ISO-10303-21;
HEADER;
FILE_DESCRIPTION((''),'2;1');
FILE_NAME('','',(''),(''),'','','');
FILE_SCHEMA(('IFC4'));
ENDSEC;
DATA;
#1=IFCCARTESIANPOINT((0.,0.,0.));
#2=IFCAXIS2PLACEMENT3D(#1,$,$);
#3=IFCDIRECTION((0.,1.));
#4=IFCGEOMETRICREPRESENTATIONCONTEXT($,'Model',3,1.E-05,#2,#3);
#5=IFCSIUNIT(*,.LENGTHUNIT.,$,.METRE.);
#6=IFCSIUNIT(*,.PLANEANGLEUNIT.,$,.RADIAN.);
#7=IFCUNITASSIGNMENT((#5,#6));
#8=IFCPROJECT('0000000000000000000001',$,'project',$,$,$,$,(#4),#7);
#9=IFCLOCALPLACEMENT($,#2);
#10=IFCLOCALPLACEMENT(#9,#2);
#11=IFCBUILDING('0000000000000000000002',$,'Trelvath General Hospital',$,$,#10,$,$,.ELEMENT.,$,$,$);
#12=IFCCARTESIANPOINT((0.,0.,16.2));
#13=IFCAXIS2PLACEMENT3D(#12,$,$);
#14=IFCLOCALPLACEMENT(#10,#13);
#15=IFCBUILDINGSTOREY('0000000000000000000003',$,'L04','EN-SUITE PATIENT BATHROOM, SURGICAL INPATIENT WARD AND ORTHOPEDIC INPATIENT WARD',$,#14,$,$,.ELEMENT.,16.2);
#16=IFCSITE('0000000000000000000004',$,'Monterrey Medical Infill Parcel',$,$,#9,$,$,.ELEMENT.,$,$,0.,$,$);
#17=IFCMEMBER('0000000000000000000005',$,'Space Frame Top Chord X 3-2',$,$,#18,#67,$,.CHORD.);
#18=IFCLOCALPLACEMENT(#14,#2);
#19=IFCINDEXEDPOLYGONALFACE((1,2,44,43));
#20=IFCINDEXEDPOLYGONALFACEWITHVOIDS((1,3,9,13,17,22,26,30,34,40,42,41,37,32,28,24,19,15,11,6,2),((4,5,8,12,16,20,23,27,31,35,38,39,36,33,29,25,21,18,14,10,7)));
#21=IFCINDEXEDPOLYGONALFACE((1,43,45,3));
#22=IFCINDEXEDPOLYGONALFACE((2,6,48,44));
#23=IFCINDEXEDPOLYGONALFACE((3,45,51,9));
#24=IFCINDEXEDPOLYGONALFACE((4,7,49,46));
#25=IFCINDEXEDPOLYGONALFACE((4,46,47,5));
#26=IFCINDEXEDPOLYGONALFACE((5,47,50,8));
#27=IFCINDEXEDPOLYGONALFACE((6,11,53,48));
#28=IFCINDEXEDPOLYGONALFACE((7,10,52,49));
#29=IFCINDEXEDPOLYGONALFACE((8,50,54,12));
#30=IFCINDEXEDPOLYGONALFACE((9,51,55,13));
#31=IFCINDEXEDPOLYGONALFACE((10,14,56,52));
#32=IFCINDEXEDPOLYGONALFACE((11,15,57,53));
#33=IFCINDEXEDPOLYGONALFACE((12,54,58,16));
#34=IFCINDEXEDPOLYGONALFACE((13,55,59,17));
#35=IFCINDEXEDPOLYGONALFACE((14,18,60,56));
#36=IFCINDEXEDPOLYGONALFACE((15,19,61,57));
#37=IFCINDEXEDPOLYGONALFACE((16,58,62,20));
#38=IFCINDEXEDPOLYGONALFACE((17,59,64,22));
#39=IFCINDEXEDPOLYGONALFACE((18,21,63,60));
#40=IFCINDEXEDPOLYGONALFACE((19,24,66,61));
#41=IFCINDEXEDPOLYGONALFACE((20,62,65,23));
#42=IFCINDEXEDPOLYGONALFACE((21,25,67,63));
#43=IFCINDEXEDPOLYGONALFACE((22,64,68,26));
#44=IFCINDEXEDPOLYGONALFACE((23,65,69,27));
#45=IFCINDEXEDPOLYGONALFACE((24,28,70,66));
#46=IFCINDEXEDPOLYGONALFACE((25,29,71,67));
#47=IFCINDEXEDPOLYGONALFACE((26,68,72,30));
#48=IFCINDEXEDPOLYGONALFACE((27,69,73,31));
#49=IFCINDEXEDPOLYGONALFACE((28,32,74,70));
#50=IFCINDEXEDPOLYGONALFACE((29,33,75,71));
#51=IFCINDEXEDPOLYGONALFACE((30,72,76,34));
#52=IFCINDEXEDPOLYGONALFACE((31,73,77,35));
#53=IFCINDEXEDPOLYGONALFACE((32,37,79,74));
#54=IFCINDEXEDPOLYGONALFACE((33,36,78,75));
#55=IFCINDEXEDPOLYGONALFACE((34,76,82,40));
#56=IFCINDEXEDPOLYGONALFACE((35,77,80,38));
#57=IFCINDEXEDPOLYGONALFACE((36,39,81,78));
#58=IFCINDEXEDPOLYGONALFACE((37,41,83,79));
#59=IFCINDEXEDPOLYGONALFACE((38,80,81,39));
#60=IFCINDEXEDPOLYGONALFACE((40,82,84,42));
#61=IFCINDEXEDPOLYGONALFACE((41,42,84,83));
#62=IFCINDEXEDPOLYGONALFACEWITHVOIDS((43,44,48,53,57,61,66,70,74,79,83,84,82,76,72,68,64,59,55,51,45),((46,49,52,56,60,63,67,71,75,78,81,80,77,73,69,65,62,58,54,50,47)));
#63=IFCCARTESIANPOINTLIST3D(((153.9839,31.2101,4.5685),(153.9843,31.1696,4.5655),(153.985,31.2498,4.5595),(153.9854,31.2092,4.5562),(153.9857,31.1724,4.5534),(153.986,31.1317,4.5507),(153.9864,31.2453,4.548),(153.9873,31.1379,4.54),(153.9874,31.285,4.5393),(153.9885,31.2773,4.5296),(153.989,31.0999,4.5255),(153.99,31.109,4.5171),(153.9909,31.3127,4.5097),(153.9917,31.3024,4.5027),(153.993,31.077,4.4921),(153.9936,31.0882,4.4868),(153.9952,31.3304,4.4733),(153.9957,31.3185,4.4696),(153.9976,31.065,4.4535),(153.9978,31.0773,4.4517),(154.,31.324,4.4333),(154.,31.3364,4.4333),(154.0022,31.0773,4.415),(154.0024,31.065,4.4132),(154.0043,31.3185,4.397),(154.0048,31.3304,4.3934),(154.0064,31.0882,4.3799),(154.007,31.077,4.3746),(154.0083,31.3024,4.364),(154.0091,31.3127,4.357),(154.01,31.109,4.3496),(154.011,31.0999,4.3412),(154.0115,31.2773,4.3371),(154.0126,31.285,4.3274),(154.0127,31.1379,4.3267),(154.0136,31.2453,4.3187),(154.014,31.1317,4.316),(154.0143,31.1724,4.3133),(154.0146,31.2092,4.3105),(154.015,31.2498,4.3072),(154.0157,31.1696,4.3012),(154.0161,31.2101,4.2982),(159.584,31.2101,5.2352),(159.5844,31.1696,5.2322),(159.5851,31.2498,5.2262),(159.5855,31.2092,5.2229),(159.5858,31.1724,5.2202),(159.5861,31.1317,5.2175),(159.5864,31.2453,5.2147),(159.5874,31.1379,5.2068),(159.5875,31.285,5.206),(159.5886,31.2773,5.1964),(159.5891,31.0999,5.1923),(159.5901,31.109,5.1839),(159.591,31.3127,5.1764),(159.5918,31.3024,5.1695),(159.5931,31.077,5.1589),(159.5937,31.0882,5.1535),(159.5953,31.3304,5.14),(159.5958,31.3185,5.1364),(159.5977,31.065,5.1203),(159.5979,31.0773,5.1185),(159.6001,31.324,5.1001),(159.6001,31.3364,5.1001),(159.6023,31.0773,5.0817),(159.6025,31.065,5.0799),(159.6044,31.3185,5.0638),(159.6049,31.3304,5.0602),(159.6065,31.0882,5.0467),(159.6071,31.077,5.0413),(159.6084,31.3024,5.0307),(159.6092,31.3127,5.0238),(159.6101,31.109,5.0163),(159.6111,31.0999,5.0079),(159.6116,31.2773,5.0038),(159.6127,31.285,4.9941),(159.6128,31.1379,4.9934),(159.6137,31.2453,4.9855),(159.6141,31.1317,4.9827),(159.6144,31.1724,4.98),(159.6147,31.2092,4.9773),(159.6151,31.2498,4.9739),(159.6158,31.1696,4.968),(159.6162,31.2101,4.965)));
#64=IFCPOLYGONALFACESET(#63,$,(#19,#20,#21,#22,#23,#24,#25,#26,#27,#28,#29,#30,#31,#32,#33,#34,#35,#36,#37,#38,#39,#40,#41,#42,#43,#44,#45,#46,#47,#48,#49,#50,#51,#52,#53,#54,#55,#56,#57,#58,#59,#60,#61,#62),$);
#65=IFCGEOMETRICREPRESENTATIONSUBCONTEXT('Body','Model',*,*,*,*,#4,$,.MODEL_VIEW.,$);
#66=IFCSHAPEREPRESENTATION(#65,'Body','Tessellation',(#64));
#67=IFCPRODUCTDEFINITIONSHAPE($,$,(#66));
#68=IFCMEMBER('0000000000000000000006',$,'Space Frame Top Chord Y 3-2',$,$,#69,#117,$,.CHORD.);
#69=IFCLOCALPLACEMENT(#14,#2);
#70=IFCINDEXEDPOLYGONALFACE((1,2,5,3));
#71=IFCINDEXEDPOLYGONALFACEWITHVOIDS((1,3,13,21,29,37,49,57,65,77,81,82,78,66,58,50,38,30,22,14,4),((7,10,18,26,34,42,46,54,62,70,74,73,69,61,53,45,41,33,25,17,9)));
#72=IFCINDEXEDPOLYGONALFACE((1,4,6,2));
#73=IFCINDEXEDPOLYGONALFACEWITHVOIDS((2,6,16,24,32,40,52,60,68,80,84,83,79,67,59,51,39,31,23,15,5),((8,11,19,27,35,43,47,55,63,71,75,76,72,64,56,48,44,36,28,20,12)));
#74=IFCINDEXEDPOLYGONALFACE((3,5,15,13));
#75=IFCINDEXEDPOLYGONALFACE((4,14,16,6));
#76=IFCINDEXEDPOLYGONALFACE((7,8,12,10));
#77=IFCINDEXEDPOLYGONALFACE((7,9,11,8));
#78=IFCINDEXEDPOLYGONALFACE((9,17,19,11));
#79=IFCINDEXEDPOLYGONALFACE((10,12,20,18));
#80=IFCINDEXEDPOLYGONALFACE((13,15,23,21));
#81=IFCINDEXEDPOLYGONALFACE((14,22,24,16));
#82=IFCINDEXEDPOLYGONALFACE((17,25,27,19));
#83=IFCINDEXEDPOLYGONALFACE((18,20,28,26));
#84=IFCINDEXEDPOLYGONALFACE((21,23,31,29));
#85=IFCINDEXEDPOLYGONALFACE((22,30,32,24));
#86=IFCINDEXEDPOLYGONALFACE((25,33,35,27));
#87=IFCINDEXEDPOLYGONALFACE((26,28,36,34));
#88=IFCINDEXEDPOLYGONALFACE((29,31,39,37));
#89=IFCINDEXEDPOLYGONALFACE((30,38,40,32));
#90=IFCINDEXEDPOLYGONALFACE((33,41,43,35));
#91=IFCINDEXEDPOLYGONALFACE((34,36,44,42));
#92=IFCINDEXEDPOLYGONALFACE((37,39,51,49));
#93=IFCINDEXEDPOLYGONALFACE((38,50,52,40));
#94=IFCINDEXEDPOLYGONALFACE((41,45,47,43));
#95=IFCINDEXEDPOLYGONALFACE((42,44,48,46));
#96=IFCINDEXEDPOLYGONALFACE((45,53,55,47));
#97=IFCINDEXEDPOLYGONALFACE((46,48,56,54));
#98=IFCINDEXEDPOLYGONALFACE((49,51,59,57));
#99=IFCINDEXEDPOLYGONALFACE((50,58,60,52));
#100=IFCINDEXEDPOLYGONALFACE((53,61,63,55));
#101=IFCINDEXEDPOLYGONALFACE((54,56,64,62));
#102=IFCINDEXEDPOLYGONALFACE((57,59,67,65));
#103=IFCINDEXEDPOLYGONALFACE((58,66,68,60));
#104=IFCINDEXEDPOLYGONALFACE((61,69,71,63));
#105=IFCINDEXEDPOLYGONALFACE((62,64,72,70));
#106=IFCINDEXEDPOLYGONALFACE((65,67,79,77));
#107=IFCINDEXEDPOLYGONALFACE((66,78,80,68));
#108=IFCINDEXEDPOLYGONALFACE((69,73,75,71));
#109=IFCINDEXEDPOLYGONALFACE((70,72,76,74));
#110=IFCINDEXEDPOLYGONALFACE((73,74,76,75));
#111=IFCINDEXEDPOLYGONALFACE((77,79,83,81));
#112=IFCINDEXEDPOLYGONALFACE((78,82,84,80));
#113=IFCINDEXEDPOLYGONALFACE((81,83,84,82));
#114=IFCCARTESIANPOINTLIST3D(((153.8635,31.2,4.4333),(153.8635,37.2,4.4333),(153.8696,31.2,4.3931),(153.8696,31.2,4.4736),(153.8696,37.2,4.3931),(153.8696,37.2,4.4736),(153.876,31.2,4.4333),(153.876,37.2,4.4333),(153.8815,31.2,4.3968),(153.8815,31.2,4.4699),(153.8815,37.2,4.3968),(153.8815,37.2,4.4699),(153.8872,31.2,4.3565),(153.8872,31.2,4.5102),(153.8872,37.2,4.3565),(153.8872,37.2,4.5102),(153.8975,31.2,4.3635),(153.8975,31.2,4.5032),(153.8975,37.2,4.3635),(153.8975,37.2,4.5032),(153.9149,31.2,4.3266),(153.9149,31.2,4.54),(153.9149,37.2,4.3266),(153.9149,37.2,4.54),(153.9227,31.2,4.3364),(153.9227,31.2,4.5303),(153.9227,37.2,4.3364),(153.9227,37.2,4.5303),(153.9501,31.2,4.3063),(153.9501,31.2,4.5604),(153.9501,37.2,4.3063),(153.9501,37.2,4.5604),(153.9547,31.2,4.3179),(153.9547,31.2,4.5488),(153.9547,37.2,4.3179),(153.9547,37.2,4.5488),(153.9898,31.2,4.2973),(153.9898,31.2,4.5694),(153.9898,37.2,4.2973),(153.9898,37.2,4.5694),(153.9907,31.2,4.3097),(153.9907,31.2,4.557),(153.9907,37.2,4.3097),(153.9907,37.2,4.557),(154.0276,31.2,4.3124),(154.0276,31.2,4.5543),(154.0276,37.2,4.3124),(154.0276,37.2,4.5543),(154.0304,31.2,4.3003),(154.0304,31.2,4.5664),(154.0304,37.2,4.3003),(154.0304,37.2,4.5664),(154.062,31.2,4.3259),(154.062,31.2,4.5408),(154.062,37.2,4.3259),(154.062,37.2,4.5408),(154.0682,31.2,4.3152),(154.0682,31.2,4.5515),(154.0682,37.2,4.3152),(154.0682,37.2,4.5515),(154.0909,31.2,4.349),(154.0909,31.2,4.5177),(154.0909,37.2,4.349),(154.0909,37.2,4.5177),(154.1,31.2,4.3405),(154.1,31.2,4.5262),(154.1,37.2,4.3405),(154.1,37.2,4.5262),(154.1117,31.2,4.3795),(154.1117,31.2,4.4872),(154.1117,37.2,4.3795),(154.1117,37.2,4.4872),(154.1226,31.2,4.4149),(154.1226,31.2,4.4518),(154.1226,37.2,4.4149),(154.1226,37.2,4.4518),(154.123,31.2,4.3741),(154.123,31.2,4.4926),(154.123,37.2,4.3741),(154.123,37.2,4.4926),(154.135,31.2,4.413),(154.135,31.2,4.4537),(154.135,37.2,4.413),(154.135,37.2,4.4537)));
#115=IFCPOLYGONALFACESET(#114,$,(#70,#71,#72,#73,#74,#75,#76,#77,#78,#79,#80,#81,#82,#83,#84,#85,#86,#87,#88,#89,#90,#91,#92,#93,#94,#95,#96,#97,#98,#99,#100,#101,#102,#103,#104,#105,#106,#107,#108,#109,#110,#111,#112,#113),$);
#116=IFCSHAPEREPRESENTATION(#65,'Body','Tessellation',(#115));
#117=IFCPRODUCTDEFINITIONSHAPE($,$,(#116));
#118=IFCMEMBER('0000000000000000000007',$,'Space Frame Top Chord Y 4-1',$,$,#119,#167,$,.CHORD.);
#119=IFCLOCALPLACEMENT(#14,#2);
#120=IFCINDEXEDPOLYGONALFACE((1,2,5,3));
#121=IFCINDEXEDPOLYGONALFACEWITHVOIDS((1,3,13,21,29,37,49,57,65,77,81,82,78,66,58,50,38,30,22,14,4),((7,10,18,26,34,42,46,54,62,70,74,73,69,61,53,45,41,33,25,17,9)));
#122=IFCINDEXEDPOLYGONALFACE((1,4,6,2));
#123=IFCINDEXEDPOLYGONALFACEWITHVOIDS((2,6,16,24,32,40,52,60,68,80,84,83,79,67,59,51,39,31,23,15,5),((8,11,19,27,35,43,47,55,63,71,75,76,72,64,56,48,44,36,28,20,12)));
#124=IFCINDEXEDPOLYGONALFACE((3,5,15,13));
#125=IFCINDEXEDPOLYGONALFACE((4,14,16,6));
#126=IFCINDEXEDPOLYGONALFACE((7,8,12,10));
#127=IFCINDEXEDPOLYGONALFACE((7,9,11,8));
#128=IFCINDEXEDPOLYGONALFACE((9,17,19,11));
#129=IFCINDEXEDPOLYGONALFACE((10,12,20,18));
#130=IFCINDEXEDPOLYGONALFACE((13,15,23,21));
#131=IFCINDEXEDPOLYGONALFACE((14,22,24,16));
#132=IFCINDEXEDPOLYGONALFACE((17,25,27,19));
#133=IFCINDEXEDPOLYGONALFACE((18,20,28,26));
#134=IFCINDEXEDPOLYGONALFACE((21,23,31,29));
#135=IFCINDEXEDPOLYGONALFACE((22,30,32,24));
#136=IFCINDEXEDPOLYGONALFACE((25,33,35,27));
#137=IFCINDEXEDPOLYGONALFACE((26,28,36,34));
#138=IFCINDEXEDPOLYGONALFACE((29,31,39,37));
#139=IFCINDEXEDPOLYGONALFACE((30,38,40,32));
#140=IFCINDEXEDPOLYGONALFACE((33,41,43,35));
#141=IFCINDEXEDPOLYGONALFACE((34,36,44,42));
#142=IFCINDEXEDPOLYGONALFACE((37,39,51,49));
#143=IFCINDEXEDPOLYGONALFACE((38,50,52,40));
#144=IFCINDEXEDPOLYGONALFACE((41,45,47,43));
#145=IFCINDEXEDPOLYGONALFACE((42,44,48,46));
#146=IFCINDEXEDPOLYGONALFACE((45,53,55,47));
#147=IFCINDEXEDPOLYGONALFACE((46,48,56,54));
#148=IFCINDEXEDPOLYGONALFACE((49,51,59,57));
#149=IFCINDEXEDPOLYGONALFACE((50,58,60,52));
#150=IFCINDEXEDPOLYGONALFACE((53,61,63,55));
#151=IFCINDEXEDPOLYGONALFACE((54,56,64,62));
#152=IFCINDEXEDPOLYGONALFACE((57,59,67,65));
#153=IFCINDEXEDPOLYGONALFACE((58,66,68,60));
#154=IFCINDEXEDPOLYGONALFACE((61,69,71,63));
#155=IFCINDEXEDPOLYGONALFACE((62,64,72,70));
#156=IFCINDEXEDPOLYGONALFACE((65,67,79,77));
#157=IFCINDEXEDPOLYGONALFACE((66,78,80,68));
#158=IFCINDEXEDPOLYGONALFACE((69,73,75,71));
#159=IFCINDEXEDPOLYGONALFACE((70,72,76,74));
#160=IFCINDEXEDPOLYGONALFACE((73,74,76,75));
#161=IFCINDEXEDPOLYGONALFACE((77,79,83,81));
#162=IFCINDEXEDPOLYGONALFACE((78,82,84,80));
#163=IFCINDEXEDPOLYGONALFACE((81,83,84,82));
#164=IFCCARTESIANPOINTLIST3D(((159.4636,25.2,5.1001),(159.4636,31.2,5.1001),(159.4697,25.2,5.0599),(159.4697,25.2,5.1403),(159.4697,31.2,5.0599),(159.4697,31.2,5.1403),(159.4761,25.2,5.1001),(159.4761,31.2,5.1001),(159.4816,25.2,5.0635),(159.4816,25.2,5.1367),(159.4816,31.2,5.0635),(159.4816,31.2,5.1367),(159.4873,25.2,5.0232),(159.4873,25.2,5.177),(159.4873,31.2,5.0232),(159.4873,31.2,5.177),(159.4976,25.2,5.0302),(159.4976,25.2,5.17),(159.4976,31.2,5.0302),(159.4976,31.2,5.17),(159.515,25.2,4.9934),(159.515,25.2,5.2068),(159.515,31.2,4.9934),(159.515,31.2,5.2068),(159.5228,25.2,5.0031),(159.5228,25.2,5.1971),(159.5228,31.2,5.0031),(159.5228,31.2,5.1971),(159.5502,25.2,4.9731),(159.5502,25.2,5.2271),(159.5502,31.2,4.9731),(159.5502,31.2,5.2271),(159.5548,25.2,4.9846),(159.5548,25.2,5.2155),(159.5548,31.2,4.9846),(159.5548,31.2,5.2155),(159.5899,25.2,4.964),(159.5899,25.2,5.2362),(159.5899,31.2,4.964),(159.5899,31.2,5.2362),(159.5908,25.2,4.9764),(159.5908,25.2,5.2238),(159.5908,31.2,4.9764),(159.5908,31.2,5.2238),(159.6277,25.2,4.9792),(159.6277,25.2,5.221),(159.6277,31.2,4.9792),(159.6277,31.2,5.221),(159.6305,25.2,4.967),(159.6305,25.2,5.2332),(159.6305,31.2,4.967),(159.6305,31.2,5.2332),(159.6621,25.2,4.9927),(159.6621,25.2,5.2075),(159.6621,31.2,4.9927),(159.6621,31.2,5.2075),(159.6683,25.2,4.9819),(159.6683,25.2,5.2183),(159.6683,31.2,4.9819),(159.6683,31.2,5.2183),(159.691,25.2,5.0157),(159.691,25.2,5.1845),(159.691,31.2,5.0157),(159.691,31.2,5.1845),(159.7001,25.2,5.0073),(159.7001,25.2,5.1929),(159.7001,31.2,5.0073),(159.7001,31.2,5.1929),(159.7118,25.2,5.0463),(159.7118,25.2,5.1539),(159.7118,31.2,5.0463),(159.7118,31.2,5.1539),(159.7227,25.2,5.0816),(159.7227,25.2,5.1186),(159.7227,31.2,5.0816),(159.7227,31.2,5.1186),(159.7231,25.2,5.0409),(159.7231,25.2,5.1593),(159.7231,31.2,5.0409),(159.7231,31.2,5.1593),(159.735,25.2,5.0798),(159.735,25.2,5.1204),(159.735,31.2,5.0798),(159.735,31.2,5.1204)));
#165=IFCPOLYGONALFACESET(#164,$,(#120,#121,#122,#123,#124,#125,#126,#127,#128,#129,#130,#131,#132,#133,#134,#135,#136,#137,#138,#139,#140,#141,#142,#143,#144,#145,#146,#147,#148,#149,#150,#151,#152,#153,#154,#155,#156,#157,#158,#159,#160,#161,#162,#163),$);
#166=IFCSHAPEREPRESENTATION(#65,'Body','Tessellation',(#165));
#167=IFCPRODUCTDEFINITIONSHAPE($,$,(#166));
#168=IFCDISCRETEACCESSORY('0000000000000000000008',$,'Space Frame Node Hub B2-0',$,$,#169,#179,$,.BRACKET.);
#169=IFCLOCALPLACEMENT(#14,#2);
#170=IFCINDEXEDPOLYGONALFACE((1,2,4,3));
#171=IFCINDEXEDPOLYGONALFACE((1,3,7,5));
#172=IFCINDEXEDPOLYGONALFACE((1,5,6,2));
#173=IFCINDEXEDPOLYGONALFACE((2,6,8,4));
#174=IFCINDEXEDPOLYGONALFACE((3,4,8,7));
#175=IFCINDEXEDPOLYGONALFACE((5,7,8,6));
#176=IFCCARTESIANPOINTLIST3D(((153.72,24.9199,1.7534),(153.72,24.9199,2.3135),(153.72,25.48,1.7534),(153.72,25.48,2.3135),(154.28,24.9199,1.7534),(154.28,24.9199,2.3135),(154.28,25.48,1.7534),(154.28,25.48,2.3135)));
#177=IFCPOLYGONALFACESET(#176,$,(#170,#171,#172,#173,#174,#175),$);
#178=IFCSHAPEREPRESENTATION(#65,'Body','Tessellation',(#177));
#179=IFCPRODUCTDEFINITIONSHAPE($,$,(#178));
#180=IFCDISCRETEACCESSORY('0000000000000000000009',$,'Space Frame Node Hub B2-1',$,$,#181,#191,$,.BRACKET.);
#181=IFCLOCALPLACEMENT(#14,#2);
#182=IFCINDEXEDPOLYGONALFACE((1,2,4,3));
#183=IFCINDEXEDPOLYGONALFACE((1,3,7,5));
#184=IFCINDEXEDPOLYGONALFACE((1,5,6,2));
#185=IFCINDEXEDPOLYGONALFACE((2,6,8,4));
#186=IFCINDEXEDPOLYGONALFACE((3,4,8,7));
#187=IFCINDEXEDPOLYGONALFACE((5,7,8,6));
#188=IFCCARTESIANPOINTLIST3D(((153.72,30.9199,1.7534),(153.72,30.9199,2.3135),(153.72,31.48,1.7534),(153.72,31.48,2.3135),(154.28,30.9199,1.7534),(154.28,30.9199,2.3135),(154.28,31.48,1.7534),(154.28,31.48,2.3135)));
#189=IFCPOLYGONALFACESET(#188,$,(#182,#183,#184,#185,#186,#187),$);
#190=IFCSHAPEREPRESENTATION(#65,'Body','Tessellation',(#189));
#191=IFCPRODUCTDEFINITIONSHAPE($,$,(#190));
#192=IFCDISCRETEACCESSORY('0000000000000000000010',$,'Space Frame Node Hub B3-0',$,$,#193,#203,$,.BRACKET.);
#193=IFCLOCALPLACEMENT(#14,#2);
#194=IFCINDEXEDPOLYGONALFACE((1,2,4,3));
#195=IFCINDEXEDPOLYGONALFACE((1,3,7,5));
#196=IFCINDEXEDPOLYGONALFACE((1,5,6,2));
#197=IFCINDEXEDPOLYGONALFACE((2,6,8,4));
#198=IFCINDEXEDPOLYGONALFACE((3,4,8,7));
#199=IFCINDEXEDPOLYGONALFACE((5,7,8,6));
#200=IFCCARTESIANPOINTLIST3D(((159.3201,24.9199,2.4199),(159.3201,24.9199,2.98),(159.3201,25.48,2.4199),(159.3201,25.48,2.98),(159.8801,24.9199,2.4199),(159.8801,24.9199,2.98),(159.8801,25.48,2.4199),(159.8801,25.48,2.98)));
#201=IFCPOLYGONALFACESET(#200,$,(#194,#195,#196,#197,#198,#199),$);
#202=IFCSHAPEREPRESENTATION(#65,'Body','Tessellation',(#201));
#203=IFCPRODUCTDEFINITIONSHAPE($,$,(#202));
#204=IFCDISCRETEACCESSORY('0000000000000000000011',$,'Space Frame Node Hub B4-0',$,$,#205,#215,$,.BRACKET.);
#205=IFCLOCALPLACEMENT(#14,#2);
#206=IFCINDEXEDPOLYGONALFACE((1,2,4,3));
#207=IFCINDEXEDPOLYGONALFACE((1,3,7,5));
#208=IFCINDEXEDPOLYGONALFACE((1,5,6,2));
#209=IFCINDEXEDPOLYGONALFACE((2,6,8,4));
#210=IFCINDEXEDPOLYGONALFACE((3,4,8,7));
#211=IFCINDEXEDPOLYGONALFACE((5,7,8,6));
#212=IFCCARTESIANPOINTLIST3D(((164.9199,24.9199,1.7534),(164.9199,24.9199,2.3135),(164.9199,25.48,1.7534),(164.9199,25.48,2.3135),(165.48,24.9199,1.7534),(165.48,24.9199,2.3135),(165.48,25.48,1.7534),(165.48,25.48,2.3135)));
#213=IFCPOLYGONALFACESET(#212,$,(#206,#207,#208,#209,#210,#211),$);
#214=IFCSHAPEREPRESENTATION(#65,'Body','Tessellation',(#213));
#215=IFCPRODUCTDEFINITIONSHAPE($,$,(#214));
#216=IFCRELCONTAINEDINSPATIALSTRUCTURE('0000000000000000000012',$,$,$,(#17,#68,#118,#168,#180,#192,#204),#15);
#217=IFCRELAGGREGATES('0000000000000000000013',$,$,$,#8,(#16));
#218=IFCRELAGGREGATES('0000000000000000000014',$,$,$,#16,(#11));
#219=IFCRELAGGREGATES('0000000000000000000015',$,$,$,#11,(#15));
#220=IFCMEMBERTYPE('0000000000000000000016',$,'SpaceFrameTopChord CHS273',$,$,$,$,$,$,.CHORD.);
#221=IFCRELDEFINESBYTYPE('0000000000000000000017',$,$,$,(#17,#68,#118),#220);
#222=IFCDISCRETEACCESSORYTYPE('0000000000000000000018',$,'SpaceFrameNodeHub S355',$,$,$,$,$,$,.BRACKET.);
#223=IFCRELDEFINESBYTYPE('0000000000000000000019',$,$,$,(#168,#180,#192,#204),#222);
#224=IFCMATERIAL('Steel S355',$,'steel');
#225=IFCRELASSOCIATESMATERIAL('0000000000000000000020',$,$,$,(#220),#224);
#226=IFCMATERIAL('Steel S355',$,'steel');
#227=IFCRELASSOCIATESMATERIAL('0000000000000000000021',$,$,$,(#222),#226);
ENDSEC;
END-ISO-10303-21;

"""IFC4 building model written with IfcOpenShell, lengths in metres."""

from ifc_helpers import new_model, si_unit, direction, frame, origin, origin_2d, place, context, subcontext, project, spatial, rectangle, hollow_circle, extrude, material, material_profile, profile_set, type_object, element, save


model = new_model("IFC4")

# Units and contexts
model_context = context("Model", 3, precision=1e-05, world=origin(), true_north=direction((0.0, 1.0)))
body_context = subcontext(model_context, "Body", "Model", "MODEL_VIEW")
ifc_project = project(units=[si_unit("LENGTHUNIT", "METRE"), si_unit("PLANEANGLEUNIT", "RADIAN")], contexts=[model_context])

# Site, building, storey
site_placement = place(None, origin())
site = spatial("IfcSite", under=ifc_project, at=site_placement, Name="Monterrey Medical Infill Parcel", CompositionType="ELEMENT", RefElevation=0.0)
building_placement = place(site_placement, origin())
building = spatial("IfcBuilding", under=site, at=building_placement, Name="Trelvath General Hospital", CompositionType="ELEMENT")
storey_placement = place(building_placement, frame((0.0, 0.0, 16.2)))
storey = spatial("IfcBuildingStorey", under=building, at=storey_placement, Name="L04", Description="EN-SUITE PATIENT BATHROOM, SURGICAL INPATIENT WARD AND ORTHOPEDIC INPATIENT WARD", CompositionType="ELEMENT", Elevation=16.2)

# Members
ifc_material_1 = material(Name="Steel S355", Category="steel")
ifc_material_profile_1 = material_profile(ifc_material_1, hollow_circle(Radius=0.1365, WallThickness=0.0125, at=origin_2d()), Name="CHS273.0x12.5")
ifc_profile_set_1 = profile_set([ifc_material_profile_1], Name="Steel S355")
member_type_1 = type_object("IfcMemberType", Name="SpaceFrameTopChord CHS273", PredefinedType="CHORD", material=ifc_profile_set_1)
member_1_placement = place(storey_placement, frame((154.0, 31.2, 4.4333), z_axis=(0.992987, 0.0, 0.118225), x_axis=(0.0, 1.0, 0.0)))
element("IfcMember", 1, at=member_1_placement, inside=storey, type_object=member_type_1, Name="Space Frame Top Chord X 3-2", PredefinedType="CHORD", context=body_context, shape_type="SweptSolid", body=[
    extrude(hollow_circle(Radius=0.1365, WallThickness=0.0125, at=origin_2d()), origin(), (0.0, 0.0, 1.0), 5.6396),
])
for number, where, z_axis, x_axis, name in (
    (2, (154.0, 31.2, 4.4333), (0.0, 1.0, 0.0), (-1.0, 0.0, 0.0), "Space Frame Top Chord Y 3-2"),
    (3, (159.6001, 25.2, 5.1001), (0.0, 1.0, 0.0), (-1.0, 0.0, 0.0), "Space Frame Top Chord Y 4-1"),
):
    element("IfcMember", number, at=place(storey_placement, frame(where, z_axis=z_axis, x_axis=x_axis)), inside=storey, type_object=member_type_1, Name=name, PredefinedType="CHORD", context=body_context, shape_type="SweptSolid", body=[
        extrude(hollow_circle(Radius=0.1365, WallThickness=0.0125, at=origin_2d()), origin(), (0.0, 0.0, 1.0), 6.0),
    ])

# Discrete accessories
ifc_material_2 = material(Name="Steel S355", Category="steel")
discrete_accessory_type = type_object("IfcDiscreteAccessoryType", Name="SpaceFrameNodeHub S355", PredefinedType="BRACKET", material=ifc_material_2)
for number, where, z_axis, x_axis, name in (
    (4, (154.0, 25.2, 1.7534), (0.0, 0.0, 1.0), (1.0, 0.0, 0.0), "Space Frame Node Hub B2-0"),
    (5, (154.0, 31.2, 1.7534), (0.0, 0.0, 1.0), (1.0, 0.0, 0.0), "Space Frame Node Hub B2-1"),
    (6, (159.6001, 25.2, 2.4199), (0.0, 0.0, 1.0), (1.0, 0.0, 0.0), "Space Frame Node Hub B3-0"),
    (7, (165.2, 25.2, 1.7534), (0.0, 0.0, 1.0), (1.0, 0.0, 0.0), "Space Frame Node Hub B4-0"),
):
    element("IfcDiscreteAccessory", number, at=place(storey_placement, frame(where, z_axis=z_axis, x_axis=x_axis)), inside=storey, type_object=discrete_accessory_type, Name=name, PredefinedType="BRACKET", context=body_context, shape_type="SweptSolid", body=[
        extrude(rectangle(XDim=0.5601, YDim=0.5601, at=origin_2d()), origin(), (0.0, 0.0, 1.0), 0.5601),
    ])

save(model, "model.ifc")
